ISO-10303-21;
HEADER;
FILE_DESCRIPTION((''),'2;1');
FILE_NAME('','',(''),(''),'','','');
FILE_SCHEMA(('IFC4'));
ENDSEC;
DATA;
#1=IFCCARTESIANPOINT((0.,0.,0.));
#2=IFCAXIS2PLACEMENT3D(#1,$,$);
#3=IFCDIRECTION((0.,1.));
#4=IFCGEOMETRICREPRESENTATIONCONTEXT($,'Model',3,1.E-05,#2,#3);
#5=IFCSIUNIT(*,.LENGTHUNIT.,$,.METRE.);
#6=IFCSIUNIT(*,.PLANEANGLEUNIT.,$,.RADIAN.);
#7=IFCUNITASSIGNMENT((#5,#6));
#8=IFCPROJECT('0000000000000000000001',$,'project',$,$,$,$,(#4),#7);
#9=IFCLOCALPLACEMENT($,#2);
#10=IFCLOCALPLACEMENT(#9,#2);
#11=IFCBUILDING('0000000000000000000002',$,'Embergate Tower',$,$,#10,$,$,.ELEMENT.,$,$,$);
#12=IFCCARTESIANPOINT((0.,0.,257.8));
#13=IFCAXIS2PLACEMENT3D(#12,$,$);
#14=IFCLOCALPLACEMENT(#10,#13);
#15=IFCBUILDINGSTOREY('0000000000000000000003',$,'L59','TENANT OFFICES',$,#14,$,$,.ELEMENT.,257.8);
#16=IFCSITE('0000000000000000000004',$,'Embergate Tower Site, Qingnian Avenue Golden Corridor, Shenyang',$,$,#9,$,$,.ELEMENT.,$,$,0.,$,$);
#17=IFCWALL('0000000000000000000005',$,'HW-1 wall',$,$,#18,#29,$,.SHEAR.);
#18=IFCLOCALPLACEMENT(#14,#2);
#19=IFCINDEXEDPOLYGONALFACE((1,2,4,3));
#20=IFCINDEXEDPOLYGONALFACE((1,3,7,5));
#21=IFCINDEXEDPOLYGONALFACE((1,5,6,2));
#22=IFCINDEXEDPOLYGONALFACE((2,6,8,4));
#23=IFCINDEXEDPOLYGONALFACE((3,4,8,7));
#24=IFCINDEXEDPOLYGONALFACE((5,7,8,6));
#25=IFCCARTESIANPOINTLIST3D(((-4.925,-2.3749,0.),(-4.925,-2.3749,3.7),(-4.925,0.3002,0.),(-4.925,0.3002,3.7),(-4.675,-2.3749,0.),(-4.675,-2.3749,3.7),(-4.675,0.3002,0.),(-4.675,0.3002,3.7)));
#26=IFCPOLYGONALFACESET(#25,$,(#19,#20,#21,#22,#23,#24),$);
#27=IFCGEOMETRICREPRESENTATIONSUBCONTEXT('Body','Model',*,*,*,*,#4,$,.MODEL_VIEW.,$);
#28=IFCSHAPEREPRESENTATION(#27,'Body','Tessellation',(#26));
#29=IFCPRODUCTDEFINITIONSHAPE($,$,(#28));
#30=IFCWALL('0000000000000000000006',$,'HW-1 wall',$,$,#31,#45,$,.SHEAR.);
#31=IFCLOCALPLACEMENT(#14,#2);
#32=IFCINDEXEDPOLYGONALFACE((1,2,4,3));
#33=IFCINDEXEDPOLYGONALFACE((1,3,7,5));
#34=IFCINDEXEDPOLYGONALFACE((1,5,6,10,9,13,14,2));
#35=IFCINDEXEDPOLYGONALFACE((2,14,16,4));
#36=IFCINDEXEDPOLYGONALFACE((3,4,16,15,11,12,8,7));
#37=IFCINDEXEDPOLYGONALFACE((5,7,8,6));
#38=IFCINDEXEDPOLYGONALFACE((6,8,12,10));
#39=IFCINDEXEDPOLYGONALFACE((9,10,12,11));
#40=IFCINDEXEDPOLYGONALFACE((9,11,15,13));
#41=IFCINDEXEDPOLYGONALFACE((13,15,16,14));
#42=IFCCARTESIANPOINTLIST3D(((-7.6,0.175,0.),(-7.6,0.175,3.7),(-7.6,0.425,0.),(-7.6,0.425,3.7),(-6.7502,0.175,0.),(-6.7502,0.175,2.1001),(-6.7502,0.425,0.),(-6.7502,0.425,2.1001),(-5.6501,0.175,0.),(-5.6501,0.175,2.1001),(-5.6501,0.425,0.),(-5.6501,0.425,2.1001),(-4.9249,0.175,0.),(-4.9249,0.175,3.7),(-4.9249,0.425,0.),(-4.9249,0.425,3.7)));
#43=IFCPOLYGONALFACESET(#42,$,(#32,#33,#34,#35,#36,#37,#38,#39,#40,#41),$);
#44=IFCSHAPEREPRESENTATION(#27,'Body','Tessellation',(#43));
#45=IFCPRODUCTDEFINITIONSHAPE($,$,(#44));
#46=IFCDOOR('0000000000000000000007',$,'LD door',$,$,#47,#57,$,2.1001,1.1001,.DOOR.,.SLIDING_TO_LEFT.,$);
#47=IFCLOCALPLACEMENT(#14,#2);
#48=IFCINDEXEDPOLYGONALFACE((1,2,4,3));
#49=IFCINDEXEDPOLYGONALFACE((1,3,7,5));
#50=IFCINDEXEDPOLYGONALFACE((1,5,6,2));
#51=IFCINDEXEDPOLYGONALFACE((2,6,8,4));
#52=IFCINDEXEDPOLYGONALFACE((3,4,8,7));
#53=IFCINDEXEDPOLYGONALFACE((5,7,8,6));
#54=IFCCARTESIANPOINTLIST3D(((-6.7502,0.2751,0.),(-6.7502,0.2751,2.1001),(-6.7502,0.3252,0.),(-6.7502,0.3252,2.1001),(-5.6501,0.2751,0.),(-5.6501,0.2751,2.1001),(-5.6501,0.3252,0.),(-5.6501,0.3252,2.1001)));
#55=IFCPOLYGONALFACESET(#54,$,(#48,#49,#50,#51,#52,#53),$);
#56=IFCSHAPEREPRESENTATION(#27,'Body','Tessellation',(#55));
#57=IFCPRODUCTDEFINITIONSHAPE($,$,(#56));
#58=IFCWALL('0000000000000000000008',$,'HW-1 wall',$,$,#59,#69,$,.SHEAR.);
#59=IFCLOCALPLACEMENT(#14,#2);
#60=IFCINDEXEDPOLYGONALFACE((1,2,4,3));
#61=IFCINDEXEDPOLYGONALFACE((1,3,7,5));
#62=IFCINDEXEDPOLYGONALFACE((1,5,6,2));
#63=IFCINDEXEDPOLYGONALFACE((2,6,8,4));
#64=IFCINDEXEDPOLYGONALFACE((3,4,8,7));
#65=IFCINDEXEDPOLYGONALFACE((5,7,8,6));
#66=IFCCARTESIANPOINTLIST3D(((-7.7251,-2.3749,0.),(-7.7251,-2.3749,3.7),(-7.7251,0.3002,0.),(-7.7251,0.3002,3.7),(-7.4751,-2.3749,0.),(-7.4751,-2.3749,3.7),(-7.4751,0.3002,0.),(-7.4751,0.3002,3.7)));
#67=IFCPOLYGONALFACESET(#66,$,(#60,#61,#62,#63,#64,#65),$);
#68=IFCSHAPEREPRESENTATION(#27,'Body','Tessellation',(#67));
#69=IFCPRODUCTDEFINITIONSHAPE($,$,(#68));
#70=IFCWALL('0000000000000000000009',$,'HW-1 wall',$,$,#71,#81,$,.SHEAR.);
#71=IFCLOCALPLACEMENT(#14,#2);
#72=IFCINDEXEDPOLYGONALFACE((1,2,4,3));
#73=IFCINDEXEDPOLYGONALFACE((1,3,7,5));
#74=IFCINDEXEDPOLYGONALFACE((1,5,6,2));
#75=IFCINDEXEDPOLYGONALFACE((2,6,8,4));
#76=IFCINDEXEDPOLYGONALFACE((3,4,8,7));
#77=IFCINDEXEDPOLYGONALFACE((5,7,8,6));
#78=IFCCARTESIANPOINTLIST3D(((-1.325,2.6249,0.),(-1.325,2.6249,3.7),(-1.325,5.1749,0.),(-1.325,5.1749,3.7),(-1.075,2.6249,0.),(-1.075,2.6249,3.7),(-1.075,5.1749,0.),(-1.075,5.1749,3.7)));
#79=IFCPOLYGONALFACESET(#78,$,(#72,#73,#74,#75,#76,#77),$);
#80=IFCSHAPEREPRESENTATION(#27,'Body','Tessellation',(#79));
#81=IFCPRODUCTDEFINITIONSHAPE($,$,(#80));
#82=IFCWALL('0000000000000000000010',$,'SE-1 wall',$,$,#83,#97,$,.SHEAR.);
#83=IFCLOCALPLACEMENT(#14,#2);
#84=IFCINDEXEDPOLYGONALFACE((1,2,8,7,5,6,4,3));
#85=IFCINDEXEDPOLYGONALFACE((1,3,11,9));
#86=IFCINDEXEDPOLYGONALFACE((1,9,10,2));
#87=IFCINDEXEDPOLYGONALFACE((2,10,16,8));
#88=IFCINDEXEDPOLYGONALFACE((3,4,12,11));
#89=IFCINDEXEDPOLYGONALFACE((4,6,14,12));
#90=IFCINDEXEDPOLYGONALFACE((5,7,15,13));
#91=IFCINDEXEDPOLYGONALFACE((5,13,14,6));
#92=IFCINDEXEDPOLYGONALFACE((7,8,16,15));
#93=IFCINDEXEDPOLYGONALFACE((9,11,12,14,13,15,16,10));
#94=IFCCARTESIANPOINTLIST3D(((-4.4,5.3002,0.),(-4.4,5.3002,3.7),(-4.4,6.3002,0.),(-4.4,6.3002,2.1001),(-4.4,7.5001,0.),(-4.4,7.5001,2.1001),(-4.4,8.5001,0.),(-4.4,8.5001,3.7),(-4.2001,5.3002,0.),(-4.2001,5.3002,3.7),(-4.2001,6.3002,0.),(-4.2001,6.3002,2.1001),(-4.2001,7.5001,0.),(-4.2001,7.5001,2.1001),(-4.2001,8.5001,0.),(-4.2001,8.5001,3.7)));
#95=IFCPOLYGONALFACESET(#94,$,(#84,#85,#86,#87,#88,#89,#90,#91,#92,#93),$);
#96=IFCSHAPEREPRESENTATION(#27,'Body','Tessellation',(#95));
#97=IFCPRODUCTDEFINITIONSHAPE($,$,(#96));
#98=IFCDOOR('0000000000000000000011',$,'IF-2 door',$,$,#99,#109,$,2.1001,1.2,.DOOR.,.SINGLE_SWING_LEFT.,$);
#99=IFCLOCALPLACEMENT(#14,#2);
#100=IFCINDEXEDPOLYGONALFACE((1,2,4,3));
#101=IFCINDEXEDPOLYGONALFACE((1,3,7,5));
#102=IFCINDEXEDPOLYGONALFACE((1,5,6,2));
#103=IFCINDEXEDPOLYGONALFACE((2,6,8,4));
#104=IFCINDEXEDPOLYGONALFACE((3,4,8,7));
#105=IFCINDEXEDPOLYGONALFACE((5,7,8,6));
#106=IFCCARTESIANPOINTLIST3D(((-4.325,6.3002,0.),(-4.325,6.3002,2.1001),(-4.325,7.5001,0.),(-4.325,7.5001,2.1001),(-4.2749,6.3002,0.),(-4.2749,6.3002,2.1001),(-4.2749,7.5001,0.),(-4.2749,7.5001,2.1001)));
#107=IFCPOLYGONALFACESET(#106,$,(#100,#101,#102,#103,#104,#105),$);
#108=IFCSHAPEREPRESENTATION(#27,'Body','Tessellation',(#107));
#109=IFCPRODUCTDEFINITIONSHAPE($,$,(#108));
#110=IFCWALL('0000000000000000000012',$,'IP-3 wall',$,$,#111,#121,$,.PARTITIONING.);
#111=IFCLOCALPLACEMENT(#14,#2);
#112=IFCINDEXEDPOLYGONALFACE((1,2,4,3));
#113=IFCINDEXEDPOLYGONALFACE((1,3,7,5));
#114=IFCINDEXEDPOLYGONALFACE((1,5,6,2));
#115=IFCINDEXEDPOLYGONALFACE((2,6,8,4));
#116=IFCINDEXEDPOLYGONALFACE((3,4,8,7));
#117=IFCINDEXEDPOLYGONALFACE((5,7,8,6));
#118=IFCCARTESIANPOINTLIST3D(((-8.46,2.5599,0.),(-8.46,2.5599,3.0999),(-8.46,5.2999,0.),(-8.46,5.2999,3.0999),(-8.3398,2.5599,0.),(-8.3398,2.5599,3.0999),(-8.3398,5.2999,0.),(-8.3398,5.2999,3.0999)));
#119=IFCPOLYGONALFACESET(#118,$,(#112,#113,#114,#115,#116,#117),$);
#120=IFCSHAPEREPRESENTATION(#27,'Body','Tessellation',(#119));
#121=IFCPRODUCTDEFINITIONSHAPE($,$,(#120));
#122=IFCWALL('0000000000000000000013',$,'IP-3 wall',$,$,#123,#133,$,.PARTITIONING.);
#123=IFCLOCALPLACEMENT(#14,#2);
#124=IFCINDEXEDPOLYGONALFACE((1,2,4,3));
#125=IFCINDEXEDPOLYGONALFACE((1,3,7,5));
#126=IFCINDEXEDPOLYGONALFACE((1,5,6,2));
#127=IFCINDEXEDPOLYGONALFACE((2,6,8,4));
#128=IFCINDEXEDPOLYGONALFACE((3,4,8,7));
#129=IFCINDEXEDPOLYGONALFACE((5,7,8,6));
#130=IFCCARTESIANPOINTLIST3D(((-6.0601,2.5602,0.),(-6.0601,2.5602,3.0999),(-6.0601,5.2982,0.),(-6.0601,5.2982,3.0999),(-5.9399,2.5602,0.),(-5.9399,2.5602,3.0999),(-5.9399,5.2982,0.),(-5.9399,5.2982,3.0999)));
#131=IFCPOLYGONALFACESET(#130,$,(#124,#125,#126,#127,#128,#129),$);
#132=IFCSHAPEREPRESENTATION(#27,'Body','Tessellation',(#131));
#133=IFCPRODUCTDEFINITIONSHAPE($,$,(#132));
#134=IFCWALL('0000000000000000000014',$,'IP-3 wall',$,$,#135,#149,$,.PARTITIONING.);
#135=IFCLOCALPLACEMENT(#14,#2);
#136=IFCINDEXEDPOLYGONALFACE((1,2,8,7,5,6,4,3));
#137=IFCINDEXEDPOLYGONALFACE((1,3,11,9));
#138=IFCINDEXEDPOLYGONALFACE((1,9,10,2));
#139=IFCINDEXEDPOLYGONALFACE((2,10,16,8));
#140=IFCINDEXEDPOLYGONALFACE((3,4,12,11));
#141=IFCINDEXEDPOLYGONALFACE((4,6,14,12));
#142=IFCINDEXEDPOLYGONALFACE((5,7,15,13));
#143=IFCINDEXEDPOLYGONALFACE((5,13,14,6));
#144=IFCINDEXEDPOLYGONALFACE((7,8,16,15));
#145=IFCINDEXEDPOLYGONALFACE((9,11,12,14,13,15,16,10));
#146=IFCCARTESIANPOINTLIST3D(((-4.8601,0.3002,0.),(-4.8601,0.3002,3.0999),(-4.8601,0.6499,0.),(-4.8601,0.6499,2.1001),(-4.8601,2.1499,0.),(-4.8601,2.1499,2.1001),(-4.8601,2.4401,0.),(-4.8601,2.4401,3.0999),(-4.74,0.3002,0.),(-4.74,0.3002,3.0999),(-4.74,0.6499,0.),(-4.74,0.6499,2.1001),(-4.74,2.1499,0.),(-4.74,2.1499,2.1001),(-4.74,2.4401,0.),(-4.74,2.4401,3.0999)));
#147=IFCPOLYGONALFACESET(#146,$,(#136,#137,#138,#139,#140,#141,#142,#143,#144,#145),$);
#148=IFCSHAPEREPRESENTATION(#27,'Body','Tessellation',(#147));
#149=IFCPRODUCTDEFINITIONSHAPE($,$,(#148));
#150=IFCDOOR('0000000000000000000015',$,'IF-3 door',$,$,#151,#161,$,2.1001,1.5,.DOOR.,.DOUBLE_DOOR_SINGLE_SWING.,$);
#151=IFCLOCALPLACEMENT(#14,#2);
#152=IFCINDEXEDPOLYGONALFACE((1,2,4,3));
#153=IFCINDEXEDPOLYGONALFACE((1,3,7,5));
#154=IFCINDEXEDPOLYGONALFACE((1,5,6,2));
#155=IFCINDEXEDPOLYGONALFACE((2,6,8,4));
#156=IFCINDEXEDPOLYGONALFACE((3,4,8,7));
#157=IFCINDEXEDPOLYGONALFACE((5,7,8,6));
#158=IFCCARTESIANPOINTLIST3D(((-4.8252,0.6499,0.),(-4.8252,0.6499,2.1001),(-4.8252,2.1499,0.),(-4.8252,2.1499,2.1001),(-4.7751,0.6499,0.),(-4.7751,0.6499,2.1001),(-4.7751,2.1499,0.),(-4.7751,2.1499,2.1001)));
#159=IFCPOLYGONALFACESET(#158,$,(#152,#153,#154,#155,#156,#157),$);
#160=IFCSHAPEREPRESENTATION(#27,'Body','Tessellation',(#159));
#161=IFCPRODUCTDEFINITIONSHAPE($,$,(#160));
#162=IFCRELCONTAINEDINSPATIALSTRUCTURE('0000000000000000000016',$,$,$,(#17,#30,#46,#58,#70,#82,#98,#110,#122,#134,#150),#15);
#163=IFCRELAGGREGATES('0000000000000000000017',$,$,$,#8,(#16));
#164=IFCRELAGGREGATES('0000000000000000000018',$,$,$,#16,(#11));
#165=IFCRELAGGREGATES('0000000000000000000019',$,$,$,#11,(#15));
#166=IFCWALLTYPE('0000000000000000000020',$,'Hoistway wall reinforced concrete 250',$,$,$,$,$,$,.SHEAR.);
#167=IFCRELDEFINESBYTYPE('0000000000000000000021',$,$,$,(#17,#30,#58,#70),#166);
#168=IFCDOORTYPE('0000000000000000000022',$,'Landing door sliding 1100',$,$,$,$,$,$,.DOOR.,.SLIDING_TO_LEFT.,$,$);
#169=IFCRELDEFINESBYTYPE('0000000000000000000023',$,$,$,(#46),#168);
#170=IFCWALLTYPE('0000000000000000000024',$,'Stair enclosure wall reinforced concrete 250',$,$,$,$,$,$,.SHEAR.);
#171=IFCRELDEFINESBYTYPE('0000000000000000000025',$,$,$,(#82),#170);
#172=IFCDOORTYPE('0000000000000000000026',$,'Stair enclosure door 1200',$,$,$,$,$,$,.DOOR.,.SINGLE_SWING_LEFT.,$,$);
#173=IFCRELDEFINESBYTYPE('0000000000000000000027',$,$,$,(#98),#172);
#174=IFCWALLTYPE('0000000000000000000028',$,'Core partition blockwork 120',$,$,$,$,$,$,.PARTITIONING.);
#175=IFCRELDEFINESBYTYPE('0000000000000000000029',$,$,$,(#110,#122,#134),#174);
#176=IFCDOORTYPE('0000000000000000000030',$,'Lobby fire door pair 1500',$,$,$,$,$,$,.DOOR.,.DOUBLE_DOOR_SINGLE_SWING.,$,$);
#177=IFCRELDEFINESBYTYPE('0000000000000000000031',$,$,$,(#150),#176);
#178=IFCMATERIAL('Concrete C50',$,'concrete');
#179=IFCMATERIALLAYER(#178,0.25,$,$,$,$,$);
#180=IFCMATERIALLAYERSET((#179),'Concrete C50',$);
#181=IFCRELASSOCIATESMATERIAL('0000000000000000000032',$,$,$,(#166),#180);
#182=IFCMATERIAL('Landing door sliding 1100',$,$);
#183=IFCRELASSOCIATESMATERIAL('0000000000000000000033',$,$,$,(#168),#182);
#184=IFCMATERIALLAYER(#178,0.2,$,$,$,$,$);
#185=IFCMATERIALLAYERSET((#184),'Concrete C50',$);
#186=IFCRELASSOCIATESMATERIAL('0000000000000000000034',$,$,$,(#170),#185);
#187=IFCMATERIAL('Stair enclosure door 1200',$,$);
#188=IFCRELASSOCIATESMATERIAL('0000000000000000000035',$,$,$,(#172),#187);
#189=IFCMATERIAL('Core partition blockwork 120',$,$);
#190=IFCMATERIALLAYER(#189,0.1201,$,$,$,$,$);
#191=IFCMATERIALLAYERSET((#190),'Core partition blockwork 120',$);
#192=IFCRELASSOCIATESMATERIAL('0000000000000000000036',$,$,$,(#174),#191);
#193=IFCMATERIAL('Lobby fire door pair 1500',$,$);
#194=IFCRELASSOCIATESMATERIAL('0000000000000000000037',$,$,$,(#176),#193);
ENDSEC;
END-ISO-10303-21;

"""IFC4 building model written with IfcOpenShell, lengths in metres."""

from ifc_helpers import new_model, si_unit, direction, frame, frame_2d, origin, place, context, subcontext, project, spatial, rectangle, extrude, source, transform, mapped, material, layer, layer_set, type_object, element, fill, save


model = new_model("IFC4")

# Units and contexts
model_context = context("Model", 3, precision=1e-05, world=origin(), true_north=direction((0.0, 1.0)))
body_context = subcontext(model_context, "Body", "Model", "MODEL_VIEW")
ifc_project = project(units=[si_unit("LENGTHUNIT", "METRE"), si_unit("PLANEANGLEUNIT", "RADIAN")], contexts=[model_context])

# Site, building, storey
site_placement = place(None, origin())
site = spatial("IfcSite", under=ifc_project, at=site_placement, Name="Embergate Tower Site, Qingnian Avenue Golden Corridor, Shenyang", CompositionType="ELEMENT", RefElevation=0.0)
building_placement = place(site_placement, origin())
building = spatial("IfcBuilding", under=site, at=building_placement, Name="Embergate Tower", CompositionType="ELEMENT")
storey_placement = place(building_placement, frame((0.0, 0.0, 257.8)))
storey = spatial("IfcBuildingStorey", under=building, at=storey_placement, Name="L59", Description="TENANT OFFICES", CompositionType="ELEMENT", Elevation=257.8)

# Wall
ifc_material_1 = material(Name="Concrete C50", Category="concrete")
ifc_layer_1 = layer(ifc_material_1, 0.25)
ifc_layer_set_1 = layer_set([ifc_layer_1], Name="Concrete C50")
wall_type_1 = type_object("IfcWallType", Name="Hoistway wall reinforced concrete 250", PredefinedType="SHEAR", material=ifc_layer_set_1)
shared_shape_1 = source(origin(), body_context, "Body", "SweptSolid", [
    extrude(rectangle(XDim=2.675, YDim=0.25, at=frame_2d((1.3374, 0.0))), origin(), (0.0, 0.0, 1.0), 3.7),
])
wall_1_placement = place(storey_placement, frame((-4.8, 0.3, 0.0), z_axis=(0.0, 0.0, 1.0), x_axis=(0.0, -1.0, 0.0)))
element("IfcWall", 1, at=wall_1_placement, inside=storey, type_object=wall_type_1, Name="HW-1 wall", PredefinedType="SHEAR", context=body_context, shape_type="MappedRepresentation", body=[
    mapped(shared_shape_1, transform((0.0, 0.0, 0.0))),
])

# Wall, opening, door
wall_2_placement = place(storey_placement, frame((-4.925, 0.3, 0.0), z_axis=(0.0, 0.0, 1.0), x_axis=(-1.0, 0.0, 0.0)))
wall_2 = element("IfcWall", 2, at=wall_2_placement, inside=storey, type_object=wall_type_1, Name="HW-1 wall", PredefinedType="SHEAR", context=body_context, shape_type="MappedRepresentation", body=[
    mapped(shared_shape_1, transform((0.0, 0.0, 0.0))),
])
shared_shape_2 = source(origin(), body_context, "Body", "SweptSolid", [
    extrude(rectangle(XDim=1.1001, YDim=2.1001, at=frame_2d((0.55, 1.05))), frame((0.0, 0.135, 0.0), z_axis=(0.0, -1.0, 0.0), x_axis=(1.0, 0.0, 0.0)), (0.0, 0.0, 1.0), 0.27),
])
opening_1_placement = place(wall_2_placement, frame((0.7251, 0.0, 0.0)))
opening_1 = element("IfcOpeningElement", 3, at=opening_1_placement, cuts=wall_2, PredefinedType="OPENING", context=body_context, shape_type="MappedRepresentation", body=[
    mapped(shared_shape_2, transform((0.0, 0.0, 0.0))),
])
ifc_material_2 = material(Name="Landing door sliding 1100")
door_type_1 = type_object("IfcDoorType", Name="Landing door sliding 1100", OperationType="SLIDING_TO_LEFT", PredefinedType="DOOR", material=ifc_material_2)
shared_shape_3 = source(origin(), body_context, "Body", "SweptSolid", [
    extrude(rectangle(XDim=1.1001, YDim=2.1001, at=frame_2d((0.55, 1.05))), frame((0.0, 0.0249, 0.0), z_axis=(0.0, -1.0, 0.0), x_axis=(1.0, 0.0, 0.0)), (0.0, 0.0, 1.0), 0.05),
])
door_1_placement = place(opening_1_placement, origin())
door_1 = element("IfcDoor", 4, at=door_1_placement, inside=storey, type_object=door_type_1, Name="LD door", OperationType="SLIDING_TO_LEFT", OverallHeight=2.1001, OverallWidth=1.1001, PredefinedType="DOOR", context=body_context, shape_type="MappedRepresentation", body=[
    mapped(shared_shape_3, transform((0.0, 0.0, 0.0))),
])
fill(opening_1, door_1)

# Walls
wall_3_placement = place(storey_placement, frame((-7.6001, 0.3, 0.0), z_axis=(0.0, 0.0, 1.0), x_axis=(0.0, -1.0, 0.0)))
element("IfcWall", 5, at=wall_3_placement, inside=storey, type_object=wall_type_1, Name="HW-1 wall", PredefinedType="SHEAR", context=body_context, shape_type="MappedRepresentation", body=[
    mapped(shared_shape_1, transform((0.0, 0.0, 0.0))),
])
shared_shape_4 = source(origin(), body_context, "Body", "SweptSolid", [
    extrude(rectangle(XDim=2.55, YDim=0.25, at=frame_2d((1.2749, 0.0))), origin(), (0.0, 0.0, 1.0), 3.7),
])
wall_4_placement = place(storey_placement, frame((-1.2, 2.625, 0.0), z_axis=(0.0, 0.0, 1.0), x_axis=(0.0, 1.0, 0.0)))
element("IfcWall", 6, at=wall_4_placement, inside=storey, type_object=wall_type_1, Name="HW-1 wall", PredefinedType="SHEAR", context=body_context, shape_type="MappedRepresentation", body=[
    mapped(shared_shape_4, transform((0.0, 0.0, 0.0))),
])

# Wall, opening, door
ifc_layer_2 = layer(ifc_material_1, 0.2)
ifc_layer_set_2 = layer_set([ifc_layer_2], Name="Concrete C50")
wall_type_2 = type_object("IfcWallType", Name="Stair enclosure wall reinforced concrete 250", PredefinedType="SHEAR", material=ifc_layer_set_2)
shared_shape_5 = source(origin(), body_context, "Body", "SweptSolid", [
    extrude(rectangle(XDim=3.2, YDim=0.2, at=frame_2d((1.6001, 0.0))), origin(), (0.0, 0.0, 1.0), 3.7),
])
wall_5_placement = place(storey_placement, frame((-4.3, 5.3, 0.0), z_axis=(0.0, 0.0, 1.0), x_axis=(0.0, 1.0, 0.0)))
wall_5 = element("IfcWall", 7, at=wall_5_placement, inside=storey, type_object=wall_type_2, Name="SE-1 wall", PredefinedType="SHEAR", context=body_context, shape_type="MappedRepresentation", body=[
    mapped(shared_shape_5, transform((0.0, 0.0, 0.0))),
])
shared_shape_6 = source(origin(), body_context, "Body", "SweptSolid", [
    extrude(rectangle(XDim=1.2, YDim=2.1001, at=frame_2d((0.6001, 1.05))), frame((0.0, 0.1099, 0.0), z_axis=(0.0, -1.0, 0.0), x_axis=(1.0, 0.0, 0.0)), (0.0, 0.0, 1.0), 0.22),
])
opening_2_placement = place(wall_5_placement, frame((1.0, 0.0, 0.0)))
opening_2 = element("IfcOpeningElement", 8, at=opening_2_placement, cuts=wall_5, PredefinedType="OPENING", context=body_context, shape_type="MappedRepresentation", body=[
    mapped(shared_shape_6, transform((0.0, 0.0, 0.0))),
])
ifc_material_3 = material(Name="Stair enclosure door 1200")
door_type_2 = type_object("IfcDoorType", Name="Stair enclosure door 1200", OperationType="SINGLE_SWING_LEFT", PredefinedType="DOOR", material=ifc_material_3)
shared_shape_7 = source(origin(), body_context, "Body", "SweptSolid", [
    extrude(rectangle(XDim=1.2, YDim=2.1001, at=frame_2d((0.6001, 1.05))), frame((0.0, 0.0249, 0.0), z_axis=(0.0, -1.0, 0.0), x_axis=(1.0, 0.0, 0.0)), (0.0, 0.0, 1.0), 0.05),
])
door_2_placement = place(opening_2_placement, origin())
door_2 = element("IfcDoor", 9, at=door_2_placement, inside=storey, type_object=door_type_2, Name="IF-2 door", OperationType="SINGLE_SWING_LEFT", OverallHeight=2.1001, OverallWidth=1.2, PredefinedType="DOOR", context=body_context, shape_type="MappedRepresentation", body=[
    mapped(shared_shape_7, transform((0.0, 0.0, 0.0))),
])
fill(opening_2, door_2)

# Walls
ifc_material_4 = material(Name="Core partition blockwork 120")
ifc_layer_3 = layer(ifc_material_4, 0.1201)
ifc_layer_set_3 = layer_set([ifc_layer_3], Name="Core partition blockwork 120")
wall_type_3 = type_object("IfcWallType", Name="Core partition blockwork 120", PredefinedType="PARTITIONING", material=ifc_layer_set_3)
shared_shape_8 = source(origin(), body_context, "Body", "SweptSolid", [
    extrude(rectangle(XDim=2.74, YDim=0.1201, at=frame_2d((1.3701, 0.0))), origin(), (0.0, 0.0, 1.0), 3.0999),
])
wall_6_placement = place(storey_placement, frame((-8.3999, 5.3, 0.0), z_axis=(0.0, 0.0, 1.0), x_axis=(0.0, -1.0, 0.0)))
element("IfcWall", 10, at=wall_6_placement, inside=storey, type_object=wall_type_3, Name="IP-3 wall", PredefinedType="PARTITIONING", context=body_context, shape_type="MappedRepresentation", body=[
    mapped(shared_shape_8, transform((0.0, 0.0, 0.0))),
])
shared_shape_9 = source(origin(), body_context, "Body", "SweptSolid", [
    extrude(rectangle(XDim=2.738, YDim=0.1201, at=frame_2d((1.3691, 0.0))), origin(), (0.0, 0.0, 1.0), 3.0999),
])
wall_7_placement = place(storey_placement, frame((-6.0, 2.5601, 0.0), z_axis=(0.0, 0.0, 1.0), x_axis=(0.0, 1.0, 0.0)))
element("IfcWall", 11, at=wall_7_placement, inside=storey, type_object=wall_type_3, Name="IP-3 wall", PredefinedType="PARTITIONING", context=body_context, shape_type="MappedRepresentation", body=[
    mapped(shared_shape_9, transform((0.0, 0.0, 0.0))),
])

# Wall, opening, door
shared_shape_10 = source(origin(), body_context, "Body", "SweptSolid", [
    extrude(rectangle(XDim=2.1399, YDim=0.1201, at=frame_2d((1.0698, 0.0))), origin(), (0.0, 0.0, 1.0), 3.0999),
])
wall_8_placement = place(storey_placement, frame((-4.8, 2.4399, 0.0), z_axis=(0.0, 0.0, 1.0), x_axis=(0.0, -1.0, 0.0)))
wall_8 = element("IfcWall", 12, at=wall_8_placement, inside=storey, type_object=wall_type_3, Name="IP-3 wall", PredefinedType="PARTITIONING", context=body_context, shape_type="MappedRepresentation", body=[
    mapped(shared_shape_10, transform((0.0, 0.0, 0.0))),
])
shared_shape_11 = source(origin(), body_context, "Body", "SweptSolid", [
    extrude(rectangle(XDim=1.5, YDim=2.1001, at=frame_2d((0.75, 1.05))), frame((0.0, 0.0701, 0.0), z_axis=(0.0, -1.0, 0.0), x_axis=(1.0, 0.0, 0.0)), (0.0, 0.0, 1.0), 0.1401),
])
opening_3_placement = place(wall_8_placement, frame((0.29, 0.0, 0.0)))
opening_3 = element("IfcOpeningElement", 13, at=opening_3_placement, cuts=wall_8, PredefinedType="OPENING", context=body_context, shape_type="MappedRepresentation", body=[
    mapped(shared_shape_11, transform((0.0, 0.0, 0.0))),
])
ifc_material_5 = material(Name="Lobby fire door pair 1500")
door_type_3 = type_object("IfcDoorType", Name="Lobby fire door pair 1500", OperationType="DOUBLE_DOOR_SINGLE_SWING", PredefinedType="DOOR", material=ifc_material_5)
shared_shape_12 = source(origin(), body_context, "Body", "SweptSolid", [
    extrude(rectangle(XDim=1.5, YDim=2.1001, at=frame_2d((0.75, 1.05))), frame((0.0, 0.0249, 0.0), z_axis=(0.0, -1.0, 0.0), x_axis=(1.0, 0.0, 0.0)), (0.0, 0.0, 1.0), 0.05),
])
door_3_placement = place(opening_3_placement, origin())
door_3 = element("IfcDoor", 14, at=door_3_placement, inside=storey, type_object=door_type_3, Name="IF-3 door", OperationType="DOUBLE_DOOR_SINGLE_SWING", OverallHeight=2.1001, OverallWidth=1.5, PredefinedType="DOOR", context=body_context, shape_type="MappedRepresentation", body=[
    mapped(shared_shape_12, transform((0.0, 0.0, 0.0))),
])
fill(opening_3, door_3)

save(model, "model.ifc")
